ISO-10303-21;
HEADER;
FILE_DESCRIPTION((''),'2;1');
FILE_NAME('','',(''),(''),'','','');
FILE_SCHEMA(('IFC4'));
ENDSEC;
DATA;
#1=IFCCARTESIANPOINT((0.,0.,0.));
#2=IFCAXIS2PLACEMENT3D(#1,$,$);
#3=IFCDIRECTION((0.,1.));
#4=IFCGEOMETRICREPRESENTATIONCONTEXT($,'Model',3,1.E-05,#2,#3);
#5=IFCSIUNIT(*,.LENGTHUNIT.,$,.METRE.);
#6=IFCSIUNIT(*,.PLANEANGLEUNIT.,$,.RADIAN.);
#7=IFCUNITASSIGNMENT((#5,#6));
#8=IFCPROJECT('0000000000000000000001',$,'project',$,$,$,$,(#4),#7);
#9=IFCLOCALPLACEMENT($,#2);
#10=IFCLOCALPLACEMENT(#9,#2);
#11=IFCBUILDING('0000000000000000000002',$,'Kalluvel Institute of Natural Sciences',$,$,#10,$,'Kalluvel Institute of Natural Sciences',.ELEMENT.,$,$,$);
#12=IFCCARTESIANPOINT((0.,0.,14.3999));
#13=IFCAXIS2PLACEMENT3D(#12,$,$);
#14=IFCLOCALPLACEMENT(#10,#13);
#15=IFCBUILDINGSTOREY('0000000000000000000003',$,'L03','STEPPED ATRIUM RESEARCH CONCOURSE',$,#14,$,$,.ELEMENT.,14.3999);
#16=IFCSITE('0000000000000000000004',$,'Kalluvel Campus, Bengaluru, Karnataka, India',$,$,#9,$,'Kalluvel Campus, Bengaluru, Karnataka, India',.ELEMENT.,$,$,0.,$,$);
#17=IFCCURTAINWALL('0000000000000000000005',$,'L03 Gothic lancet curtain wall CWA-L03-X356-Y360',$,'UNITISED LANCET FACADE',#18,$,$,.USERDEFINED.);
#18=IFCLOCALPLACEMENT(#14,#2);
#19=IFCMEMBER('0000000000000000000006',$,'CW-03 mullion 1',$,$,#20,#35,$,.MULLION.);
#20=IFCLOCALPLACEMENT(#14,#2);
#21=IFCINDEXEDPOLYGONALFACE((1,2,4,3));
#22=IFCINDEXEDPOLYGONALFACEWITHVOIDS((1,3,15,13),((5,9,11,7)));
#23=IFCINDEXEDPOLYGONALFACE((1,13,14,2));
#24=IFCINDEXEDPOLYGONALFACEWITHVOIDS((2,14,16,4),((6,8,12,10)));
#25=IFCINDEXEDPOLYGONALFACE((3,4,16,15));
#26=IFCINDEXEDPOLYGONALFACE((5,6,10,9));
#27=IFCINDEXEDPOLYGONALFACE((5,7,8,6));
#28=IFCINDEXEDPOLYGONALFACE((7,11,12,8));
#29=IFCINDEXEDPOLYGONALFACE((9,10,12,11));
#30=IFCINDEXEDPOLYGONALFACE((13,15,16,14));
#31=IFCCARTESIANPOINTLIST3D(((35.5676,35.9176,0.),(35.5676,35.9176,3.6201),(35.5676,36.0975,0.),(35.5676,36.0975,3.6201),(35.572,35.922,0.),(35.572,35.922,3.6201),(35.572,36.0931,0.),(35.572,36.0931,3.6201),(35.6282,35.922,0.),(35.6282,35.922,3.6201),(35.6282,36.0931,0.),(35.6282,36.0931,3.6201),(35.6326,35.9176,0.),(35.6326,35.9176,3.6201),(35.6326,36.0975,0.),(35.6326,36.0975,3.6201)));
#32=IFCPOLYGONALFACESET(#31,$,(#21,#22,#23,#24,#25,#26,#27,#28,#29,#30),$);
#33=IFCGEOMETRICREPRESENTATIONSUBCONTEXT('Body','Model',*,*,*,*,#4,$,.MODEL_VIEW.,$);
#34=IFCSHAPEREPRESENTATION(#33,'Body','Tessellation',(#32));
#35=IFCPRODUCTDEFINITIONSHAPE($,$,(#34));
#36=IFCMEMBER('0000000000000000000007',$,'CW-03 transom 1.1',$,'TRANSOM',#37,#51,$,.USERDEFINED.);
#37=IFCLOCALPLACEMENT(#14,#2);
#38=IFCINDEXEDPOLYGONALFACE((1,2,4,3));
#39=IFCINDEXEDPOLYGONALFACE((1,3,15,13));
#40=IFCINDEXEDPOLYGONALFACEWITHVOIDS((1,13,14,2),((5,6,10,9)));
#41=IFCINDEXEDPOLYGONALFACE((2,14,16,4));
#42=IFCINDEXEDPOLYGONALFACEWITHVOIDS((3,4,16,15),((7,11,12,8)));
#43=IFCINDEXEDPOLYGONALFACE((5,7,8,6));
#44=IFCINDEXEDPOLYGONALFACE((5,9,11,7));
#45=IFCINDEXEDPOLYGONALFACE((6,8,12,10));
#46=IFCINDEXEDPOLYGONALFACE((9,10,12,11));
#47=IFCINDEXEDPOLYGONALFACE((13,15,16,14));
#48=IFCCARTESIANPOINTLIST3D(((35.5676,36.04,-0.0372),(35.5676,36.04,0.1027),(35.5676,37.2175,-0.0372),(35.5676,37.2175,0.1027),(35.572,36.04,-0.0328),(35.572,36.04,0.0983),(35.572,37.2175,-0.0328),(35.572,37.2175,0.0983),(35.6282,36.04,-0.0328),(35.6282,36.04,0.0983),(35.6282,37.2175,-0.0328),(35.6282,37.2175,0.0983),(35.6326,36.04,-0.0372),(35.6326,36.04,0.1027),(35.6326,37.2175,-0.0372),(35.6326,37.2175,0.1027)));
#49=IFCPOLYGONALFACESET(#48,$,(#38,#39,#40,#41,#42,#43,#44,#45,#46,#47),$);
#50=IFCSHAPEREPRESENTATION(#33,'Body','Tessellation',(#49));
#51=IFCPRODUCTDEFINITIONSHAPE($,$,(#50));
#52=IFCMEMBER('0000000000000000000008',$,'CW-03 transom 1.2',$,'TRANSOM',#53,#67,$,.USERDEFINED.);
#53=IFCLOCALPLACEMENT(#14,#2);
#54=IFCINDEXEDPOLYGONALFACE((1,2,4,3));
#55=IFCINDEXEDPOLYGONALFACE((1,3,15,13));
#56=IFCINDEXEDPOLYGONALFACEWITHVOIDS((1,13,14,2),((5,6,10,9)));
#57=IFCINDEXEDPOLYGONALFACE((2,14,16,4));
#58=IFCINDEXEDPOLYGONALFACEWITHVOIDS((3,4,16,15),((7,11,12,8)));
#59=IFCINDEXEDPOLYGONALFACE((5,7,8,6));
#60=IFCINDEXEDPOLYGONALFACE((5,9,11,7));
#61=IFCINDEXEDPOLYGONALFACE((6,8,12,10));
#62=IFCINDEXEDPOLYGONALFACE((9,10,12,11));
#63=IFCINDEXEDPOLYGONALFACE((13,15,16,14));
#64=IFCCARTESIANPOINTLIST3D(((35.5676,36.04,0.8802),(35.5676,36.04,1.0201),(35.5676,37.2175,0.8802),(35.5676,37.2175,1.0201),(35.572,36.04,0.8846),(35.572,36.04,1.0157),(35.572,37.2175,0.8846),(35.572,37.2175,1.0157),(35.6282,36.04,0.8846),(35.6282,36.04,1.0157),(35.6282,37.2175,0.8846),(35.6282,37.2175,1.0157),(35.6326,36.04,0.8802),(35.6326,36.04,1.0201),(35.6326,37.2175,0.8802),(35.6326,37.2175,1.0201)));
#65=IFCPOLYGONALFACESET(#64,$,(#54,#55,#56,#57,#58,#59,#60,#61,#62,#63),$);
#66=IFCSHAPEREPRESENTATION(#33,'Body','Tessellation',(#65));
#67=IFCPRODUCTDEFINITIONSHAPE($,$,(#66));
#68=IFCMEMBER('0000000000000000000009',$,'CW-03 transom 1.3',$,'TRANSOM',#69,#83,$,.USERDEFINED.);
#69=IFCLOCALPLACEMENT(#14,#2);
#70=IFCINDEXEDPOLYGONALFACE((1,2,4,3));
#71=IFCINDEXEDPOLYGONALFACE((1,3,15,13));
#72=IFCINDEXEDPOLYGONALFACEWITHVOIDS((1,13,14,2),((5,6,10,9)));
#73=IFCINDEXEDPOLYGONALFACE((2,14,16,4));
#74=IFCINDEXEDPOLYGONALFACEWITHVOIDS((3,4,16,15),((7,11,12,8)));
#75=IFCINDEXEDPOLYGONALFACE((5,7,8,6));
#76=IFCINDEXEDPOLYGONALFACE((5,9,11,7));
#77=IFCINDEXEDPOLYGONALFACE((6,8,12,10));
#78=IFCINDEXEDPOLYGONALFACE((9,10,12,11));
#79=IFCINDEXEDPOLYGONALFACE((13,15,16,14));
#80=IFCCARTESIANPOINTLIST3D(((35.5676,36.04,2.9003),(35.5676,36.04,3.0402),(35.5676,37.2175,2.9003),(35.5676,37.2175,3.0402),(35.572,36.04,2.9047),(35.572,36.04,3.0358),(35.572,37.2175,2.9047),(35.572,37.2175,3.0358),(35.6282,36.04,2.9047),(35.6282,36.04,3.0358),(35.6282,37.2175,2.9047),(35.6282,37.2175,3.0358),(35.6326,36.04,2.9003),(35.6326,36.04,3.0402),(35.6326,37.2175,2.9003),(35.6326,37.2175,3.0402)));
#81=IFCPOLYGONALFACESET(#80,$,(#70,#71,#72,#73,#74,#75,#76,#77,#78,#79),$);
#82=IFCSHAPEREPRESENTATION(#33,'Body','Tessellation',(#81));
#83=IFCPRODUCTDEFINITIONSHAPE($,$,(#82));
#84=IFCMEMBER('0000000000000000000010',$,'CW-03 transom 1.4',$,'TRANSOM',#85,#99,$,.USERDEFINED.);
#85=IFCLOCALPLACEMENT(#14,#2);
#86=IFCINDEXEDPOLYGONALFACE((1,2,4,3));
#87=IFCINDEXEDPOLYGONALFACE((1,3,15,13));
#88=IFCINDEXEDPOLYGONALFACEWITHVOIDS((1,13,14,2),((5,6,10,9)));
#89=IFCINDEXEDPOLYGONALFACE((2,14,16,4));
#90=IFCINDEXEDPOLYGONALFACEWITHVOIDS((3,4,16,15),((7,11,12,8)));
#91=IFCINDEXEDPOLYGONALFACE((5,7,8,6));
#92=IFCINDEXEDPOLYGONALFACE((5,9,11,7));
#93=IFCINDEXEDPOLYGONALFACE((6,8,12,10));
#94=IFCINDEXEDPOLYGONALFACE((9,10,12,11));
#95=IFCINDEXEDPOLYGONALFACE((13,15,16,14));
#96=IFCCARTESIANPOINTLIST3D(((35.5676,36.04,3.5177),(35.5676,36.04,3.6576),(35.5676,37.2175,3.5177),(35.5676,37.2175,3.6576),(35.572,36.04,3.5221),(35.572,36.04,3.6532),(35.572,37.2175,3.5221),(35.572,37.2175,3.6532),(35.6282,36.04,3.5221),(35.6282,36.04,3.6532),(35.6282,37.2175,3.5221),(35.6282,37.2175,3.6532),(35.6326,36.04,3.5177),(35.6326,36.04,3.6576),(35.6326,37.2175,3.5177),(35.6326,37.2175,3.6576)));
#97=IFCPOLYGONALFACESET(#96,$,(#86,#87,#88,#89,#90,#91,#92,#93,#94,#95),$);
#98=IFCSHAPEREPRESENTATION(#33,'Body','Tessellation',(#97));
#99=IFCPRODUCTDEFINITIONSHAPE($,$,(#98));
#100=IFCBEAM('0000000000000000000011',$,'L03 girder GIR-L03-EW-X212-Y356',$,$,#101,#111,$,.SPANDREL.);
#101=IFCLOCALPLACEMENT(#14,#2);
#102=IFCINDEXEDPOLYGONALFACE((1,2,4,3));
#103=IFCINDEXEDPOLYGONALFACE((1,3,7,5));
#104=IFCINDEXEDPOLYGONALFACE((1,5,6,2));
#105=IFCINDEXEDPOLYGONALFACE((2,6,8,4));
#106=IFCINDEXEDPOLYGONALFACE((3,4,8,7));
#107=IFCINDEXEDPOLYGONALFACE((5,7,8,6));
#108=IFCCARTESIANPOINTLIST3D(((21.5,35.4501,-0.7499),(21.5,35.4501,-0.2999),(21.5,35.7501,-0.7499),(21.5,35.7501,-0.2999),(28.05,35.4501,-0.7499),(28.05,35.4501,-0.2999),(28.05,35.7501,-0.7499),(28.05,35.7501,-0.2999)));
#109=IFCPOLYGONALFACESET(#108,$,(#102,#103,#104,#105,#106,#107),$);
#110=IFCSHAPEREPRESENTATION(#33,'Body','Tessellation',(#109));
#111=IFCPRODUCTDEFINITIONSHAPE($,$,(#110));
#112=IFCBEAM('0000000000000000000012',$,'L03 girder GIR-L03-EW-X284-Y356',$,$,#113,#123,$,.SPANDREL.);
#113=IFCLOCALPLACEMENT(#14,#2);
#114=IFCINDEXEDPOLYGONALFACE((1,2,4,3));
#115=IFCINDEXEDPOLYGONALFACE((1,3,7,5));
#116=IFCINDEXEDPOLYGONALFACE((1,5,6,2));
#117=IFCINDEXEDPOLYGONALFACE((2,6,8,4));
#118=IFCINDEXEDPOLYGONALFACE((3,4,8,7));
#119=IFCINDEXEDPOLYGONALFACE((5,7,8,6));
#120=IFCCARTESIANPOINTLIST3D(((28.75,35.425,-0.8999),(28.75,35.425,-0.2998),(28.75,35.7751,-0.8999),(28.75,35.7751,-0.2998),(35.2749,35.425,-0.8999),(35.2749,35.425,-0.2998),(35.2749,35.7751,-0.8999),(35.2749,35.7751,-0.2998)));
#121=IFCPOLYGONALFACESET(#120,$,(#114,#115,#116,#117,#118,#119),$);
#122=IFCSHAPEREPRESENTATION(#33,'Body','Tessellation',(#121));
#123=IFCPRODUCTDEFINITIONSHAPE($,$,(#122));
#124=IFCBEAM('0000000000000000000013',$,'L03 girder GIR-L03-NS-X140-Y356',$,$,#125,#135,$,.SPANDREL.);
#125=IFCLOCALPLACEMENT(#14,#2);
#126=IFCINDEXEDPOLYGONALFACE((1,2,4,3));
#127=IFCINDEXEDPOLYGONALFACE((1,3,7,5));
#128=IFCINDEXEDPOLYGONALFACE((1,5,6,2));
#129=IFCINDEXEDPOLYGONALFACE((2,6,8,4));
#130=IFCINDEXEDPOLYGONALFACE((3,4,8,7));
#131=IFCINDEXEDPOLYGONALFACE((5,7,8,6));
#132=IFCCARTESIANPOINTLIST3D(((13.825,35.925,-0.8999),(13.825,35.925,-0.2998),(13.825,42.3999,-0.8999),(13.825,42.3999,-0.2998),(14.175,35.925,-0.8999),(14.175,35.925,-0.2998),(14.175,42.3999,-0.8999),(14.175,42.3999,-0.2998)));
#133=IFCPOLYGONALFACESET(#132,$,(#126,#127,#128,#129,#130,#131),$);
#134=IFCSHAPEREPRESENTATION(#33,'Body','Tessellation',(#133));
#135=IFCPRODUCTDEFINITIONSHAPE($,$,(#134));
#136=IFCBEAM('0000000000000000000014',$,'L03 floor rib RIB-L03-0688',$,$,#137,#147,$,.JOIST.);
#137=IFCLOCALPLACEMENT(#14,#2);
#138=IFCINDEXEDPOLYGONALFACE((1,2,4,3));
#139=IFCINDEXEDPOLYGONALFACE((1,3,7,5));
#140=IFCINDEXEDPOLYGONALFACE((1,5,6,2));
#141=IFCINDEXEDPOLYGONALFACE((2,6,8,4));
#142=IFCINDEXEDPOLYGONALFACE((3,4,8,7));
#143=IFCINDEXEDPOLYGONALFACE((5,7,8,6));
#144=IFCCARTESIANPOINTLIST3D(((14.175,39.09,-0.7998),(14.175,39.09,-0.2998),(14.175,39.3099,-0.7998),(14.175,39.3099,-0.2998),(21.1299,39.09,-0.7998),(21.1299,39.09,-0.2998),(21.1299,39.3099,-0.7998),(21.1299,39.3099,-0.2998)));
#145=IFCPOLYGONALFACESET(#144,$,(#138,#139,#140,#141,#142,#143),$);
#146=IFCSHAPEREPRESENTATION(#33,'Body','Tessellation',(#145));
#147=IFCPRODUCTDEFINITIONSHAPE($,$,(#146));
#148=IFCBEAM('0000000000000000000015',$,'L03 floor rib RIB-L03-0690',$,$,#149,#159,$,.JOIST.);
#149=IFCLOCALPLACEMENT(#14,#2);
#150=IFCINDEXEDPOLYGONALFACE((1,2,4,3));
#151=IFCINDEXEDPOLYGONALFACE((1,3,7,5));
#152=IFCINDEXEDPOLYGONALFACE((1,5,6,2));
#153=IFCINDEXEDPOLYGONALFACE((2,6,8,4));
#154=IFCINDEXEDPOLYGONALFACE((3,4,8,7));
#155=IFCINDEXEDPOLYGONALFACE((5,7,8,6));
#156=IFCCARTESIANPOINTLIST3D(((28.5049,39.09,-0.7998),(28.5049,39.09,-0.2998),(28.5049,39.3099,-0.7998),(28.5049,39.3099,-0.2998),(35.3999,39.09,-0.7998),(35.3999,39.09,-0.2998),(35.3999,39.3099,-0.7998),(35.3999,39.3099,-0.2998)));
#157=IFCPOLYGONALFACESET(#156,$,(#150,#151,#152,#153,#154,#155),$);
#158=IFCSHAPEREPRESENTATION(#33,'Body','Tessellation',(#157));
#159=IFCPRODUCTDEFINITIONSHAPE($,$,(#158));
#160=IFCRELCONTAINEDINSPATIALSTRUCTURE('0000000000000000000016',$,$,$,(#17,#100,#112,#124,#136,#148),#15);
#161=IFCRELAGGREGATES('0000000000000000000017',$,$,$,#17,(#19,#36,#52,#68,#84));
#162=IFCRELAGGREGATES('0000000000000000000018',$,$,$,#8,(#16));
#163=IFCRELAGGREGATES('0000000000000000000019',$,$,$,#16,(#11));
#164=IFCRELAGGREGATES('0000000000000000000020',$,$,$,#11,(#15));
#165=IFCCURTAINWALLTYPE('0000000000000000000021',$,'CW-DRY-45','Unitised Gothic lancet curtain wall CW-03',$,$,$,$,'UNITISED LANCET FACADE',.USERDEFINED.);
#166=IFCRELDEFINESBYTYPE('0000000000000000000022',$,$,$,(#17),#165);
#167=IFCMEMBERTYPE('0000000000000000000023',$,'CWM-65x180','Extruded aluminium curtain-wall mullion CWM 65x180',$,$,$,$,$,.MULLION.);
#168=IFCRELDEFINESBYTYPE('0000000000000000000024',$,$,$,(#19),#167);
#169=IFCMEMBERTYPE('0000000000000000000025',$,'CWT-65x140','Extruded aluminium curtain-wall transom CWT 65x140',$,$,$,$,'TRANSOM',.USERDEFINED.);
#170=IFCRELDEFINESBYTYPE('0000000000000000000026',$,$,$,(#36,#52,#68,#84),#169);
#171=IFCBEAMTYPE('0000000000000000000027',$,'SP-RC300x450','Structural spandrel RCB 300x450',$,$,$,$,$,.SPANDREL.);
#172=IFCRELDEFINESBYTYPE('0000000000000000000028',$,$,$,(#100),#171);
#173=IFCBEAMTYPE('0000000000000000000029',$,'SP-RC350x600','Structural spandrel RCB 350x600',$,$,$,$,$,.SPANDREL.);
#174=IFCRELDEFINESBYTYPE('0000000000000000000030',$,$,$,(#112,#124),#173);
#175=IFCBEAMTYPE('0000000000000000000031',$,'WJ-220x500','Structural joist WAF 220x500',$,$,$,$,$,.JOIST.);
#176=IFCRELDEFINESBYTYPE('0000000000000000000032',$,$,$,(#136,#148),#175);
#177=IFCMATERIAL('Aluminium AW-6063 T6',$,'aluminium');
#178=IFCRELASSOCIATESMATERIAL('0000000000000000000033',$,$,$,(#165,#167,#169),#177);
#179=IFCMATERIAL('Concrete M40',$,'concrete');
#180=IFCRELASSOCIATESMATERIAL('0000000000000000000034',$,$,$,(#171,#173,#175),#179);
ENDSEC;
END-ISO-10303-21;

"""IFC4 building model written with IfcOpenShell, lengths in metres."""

from ifc_helpers import new_model, si_unit, direction, frame, origin, origin_2d, place, context, subcontext, project, spatial, rectangle, hollow_rectangle, extrude, material, material_profile, profile_set, type_object, element, aggregate, save


model = new_model("IFC4")

# Units and contexts
model_context = context("Model", 3, precision=1e-05, world=origin(), true_north=direction((0.0, 1.0)))
body_context = subcontext(model_context, "Body", "Model", "MODEL_VIEW")
ifc_project = project(units=[si_unit("LENGTHUNIT", "METRE"), si_unit("PLANEANGLEUNIT", "RADIAN")], contexts=[model_context])

# Site, building, storey
site_placement = place(None, origin())
site = spatial("IfcSite", under=ifc_project, at=site_placement, Name="Kalluvel Campus, Bengaluru, Karnataka, India", LongName="Kalluvel Campus, Bengaluru, Karnataka, India", CompositionType="ELEMENT", RefElevation=0.0)
building_placement = place(site_placement, origin())
building = spatial("IfcBuilding", under=site, at=building_placement, Name="Kalluvel Institute of Natural Sciences", LongName="Kalluvel Institute of Natural Sciences", CompositionType="ELEMENT")
storey_placement = place(building_placement, frame((0.0, 0.0, 14.3999)))
storey = spatial("IfcBuildingStorey", under=building, at=storey_placement, Name="L03", Description="STEPPED ATRIUM RESEARCH CONCOURSE", CompositionType="ELEMENT", Elevation=14.3999)

# Shared definitions
ifc_material_1 = material(Name="Concrete M40", Category="concrete")

# Curtain wall, members
ifc_material_2 = material(Name="Aluminium AW-6063 T6", Category="aluminium")
curtain_wall_type = type_object("IfcCurtainWallType", Name="CW-DRY-45", Description="Unitised Gothic lancet curtain wall CW-03", ElementType="UNITISED LANCET FACADE", PredefinedType="USERDEFINED", material=ifc_material_2)
curtain_wall_placement = place(storey_placement, origin())
curtain_wall = element("IfcCurtainWall", 1, at=curtain_wall_placement, inside=storey, type_object=curtain_wall_type, Name="L03 Gothic lancet curtain wall CWA-L03-X356-Y360", ObjectType="UNITISED LANCET FACADE", PredefinedType="USERDEFINED")
ifc_material_profile_1 = material_profile(ifc_material_2, hollow_rectangle(XDim=0.0649, YDim=0.1799, WallThickness=0.0044, at=origin_2d()), Name="CWM 65x180")
ifc_profile_set_1 = profile_set([ifc_material_profile_1], Name="Aluminium AW-6063 T6")
member_type_1 = type_object("IfcMemberType", Name="CWM-65x180", Description="Extruded aluminium curtain-wall mullion CWM 65x180", PredefinedType="MULLION", material=ifc_profile_set_1)
member_1_placement = place(storey_placement, frame((35.6001, 36.0076, 0.0), z_axis=(0.0, 0.0, 1.0), x_axis=(-1.0, 0.0, 0.0)))
member_1 = element("IfcMember", 2, at=member_1_placement, type_object=member_type_1, Name="CW-03 mullion 1", PredefinedType="MULLION", context=body_context, shape_type="SweptSolid", body=[
    extrude(hollow_rectangle(XDim=0.0649, YDim=0.1799, WallThickness=0.0044, at=origin_2d()), origin(), (0.0, 0.0, 1.0), 3.6201),
])
ifc_material_profile_2 = material_profile(ifc_material_2, hollow_rectangle(XDim=0.0649, YDim=0.1399, WallThickness=0.0044, at=origin_2d()), Name="CWT 65x140")
ifc_profile_set_2 = profile_set([ifc_material_profile_2], Name="Aluminium AW-6063 T6")
member_type_2 = type_object("IfcMemberType", Name="CWT-65x140", Description="Extruded aluminium curtain-wall transom CWT 65x140", ElementType="TRANSOM", PredefinedType="USERDEFINED", material=ifc_profile_set_2)
member_2_placement = place(storey_placement, frame((35.6001, 36.04, 0.0327), z_axis=(0.0, 1.0, 0.0), x_axis=(-1.0, 0.0, 0.0)))
member_2 = element("IfcMember", 3, at=member_2_placement, type_object=member_type_2, Name="CW-03 transom 1.1", ObjectType="TRANSOM", PredefinedType="USERDEFINED", context=body_context, shape_type="SweptSolid", body=[
    extrude(hollow_rectangle(XDim=0.0649, YDim=0.1399, WallThickness=0.0044, at=origin_2d()), origin(), (0.0, 0.0, 1.0), 1.1775),
])
member_3_placement = place(storey_placement, frame((35.6001, 36.04, 0.9502), z_axis=(0.0, 1.0, 0.0), x_axis=(-1.0, 0.0, 0.0)))
member_3 = element("IfcMember", 4, at=member_3_placement, type_object=member_type_2, Name="CW-03 transom 1.2", ObjectType="TRANSOM", PredefinedType="USERDEFINED", context=body_context, shape_type="SweptSolid", body=[
    extrude(hollow_rectangle(XDim=0.0649, YDim=0.1399, WallThickness=0.0044, at=origin_2d()), origin(), (0.0, 0.0, 1.0), 1.1775),
])
member_4_placement = place(storey_placement, frame((35.6001, 36.04, 2.9702), z_axis=(0.0, 1.0, 0.0), x_axis=(-1.0, 0.0, 0.0)))
member_4 = element("IfcMember", 5, at=member_4_placement, type_object=member_type_2, Name="CW-03 transom 1.3", ObjectType="TRANSOM", PredefinedType="USERDEFINED", context=body_context, shape_type="SweptSolid", body=[
    extrude(hollow_rectangle(XDim=0.0649, YDim=0.1399, WallThickness=0.0044, at=origin_2d()), origin(), (0.0, 0.0, 1.0), 1.1775),
])
member_5_placement = place(storey_placement, frame((35.6001, 36.04, 3.5876), z_axis=(0.0, 1.0, 0.0), x_axis=(-1.0, 0.0, 0.0)))
member_5 = element("IfcMember", 6, at=member_5_placement, type_object=member_type_2, Name="CW-03 transom 1.4", ObjectType="TRANSOM", PredefinedType="USERDEFINED", context=body_context, shape_type="SweptSolid", body=[
    extrude(hollow_rectangle(XDim=0.0649, YDim=0.1399, WallThickness=0.0044, at=origin_2d()), origin(), (0.0, 0.0, 1.0), 1.1775),
])

# Beams
ifc_material_profile_3 = material_profile(ifc_material_1, rectangle(XDim=0.3, YDim=0.45, at=origin_2d()), Name="RCB 300x450")
ifc_profile_set_3 = profile_set([ifc_material_profile_3], Name="Concrete M40")
beam_type_1 = type_object("IfcBeamType", Name="SP-RC300x450", Description="Structural spandrel RCB 300x450", PredefinedType="SPANDREL", material=ifc_profile_set_3)
beam_1_placement = place(storey_placement, frame((21.5, 35.6001, -0.5249), z_axis=(1.0, 0.0, 0.0), x_axis=(0.0, 1.0, 0.0)))
element("IfcBeam", 7, at=beam_1_placement, inside=storey, type_object=beam_type_1, Name="L03 girder GIR-L03-EW-X212-Y356", PredefinedType="SPANDREL", context=body_context, shape_type="SweptSolid", body=[
    extrude(rectangle(XDim=0.3, YDim=0.45, at=origin_2d()), origin(), (0.0, 0.0, 1.0), 6.55),
])
ifc_material_profile_4 = material_profile(ifc_material_1, rectangle(XDim=0.3501, YDim=0.6001, at=origin_2d()), Name="RCB 350x600")
ifc_profile_set_4 = profile_set([ifc_material_profile_4], Name="Concrete M40")
beam_type_2 = type_object("IfcBeamType", Name="SP-RC350x600", Description="Structural spandrel RCB 350x600", PredefinedType="SPANDREL", material=ifc_profile_set_4)
beam_2_placement = place(storey_placement, frame((28.75, 35.6001, -0.5999), z_axis=(1.0, 0.0, 0.0), x_axis=(0.0, 1.0, 0.0)))
element("IfcBeam", 8, at=beam_2_placement, inside=storey, type_object=beam_type_2, Name="L03 girder GIR-L03-EW-X284-Y356", PredefinedType="SPANDREL", context=body_context, shape_type="SweptSolid", body=[
    extrude(rectangle(XDim=0.3501, YDim=0.6001, at=origin_2d()), origin(), (0.0, 0.0, 1.0), 6.5249),
])
beam_3_placement = place(storey_placement, frame((14.0, 35.925, -0.5999), z_axis=(0.0, 1.0, 0.0), x_axis=(-1.0, 0.0, 0.0)))
element("IfcBeam", 9, at=beam_3_placement, inside=storey, type_object=beam_type_2, Name="L03 girder GIR-L03-NS-X140-Y356", PredefinedType="SPANDREL", context=body_context, shape_type="SweptSolid", body=[
    extrude(rectangle(XDim=0.3501, YDim=0.6001, at=origin_2d()), origin(), (0.0, 0.0, 1.0), 6.4749),
])
ifc_material_profile_5 = material_profile(ifc_material_1, rectangle(XDim=0.22, YDim=0.5, at=origin_2d()), Name="WAF 220x500")
ifc_profile_set_5 = profile_set([ifc_material_profile_5], Name="Concrete M40")
beam_type_3 = type_object("IfcBeamType", Name="WJ-220x500", Description="Structural joist WAF 220x500", PredefinedType="JOIST", material=ifc_profile_set_5)
beam_4_placement = place(storey_placement, frame((14.175, 39.2, -0.5498), z_axis=(1.0, 0.0, 0.0), x_axis=(0.0, 1.0, 0.0)))
element("IfcBeam", 10, at=beam_4_placement, inside=storey, type_object=beam_type_3, Name="L03 floor rib RIB-L03-0688", PredefinedType="JOIST", context=body_context, shape_type="SweptSolid", body=[
    extrude(rectangle(XDim=0.22, YDim=0.5, at=origin_2d()), origin(), (0.0, 0.0, 1.0), 6.9548),
])
beam_5_placement = place(storey_placement, frame((28.5049, 39.2, -0.5498), z_axis=(1.0, 0.0, 0.0), x_axis=(0.0, 1.0, 0.0)))
element("IfcBeam", 11, at=beam_5_placement, inside=storey, type_object=beam_type_3, Name="L03 floor rib RIB-L03-0690", PredefinedType="JOIST", context=body_context, shape_type="SweptSolid", body=[
    extrude(rectangle(XDim=0.22, YDim=0.5, at=origin_2d()), origin(), (0.0, 0.0, 1.0), 6.895),
])

aggregate(curtain_wall, [member_1, member_2, member_3, member_4, member_5])

save(model, "model.ifc")
